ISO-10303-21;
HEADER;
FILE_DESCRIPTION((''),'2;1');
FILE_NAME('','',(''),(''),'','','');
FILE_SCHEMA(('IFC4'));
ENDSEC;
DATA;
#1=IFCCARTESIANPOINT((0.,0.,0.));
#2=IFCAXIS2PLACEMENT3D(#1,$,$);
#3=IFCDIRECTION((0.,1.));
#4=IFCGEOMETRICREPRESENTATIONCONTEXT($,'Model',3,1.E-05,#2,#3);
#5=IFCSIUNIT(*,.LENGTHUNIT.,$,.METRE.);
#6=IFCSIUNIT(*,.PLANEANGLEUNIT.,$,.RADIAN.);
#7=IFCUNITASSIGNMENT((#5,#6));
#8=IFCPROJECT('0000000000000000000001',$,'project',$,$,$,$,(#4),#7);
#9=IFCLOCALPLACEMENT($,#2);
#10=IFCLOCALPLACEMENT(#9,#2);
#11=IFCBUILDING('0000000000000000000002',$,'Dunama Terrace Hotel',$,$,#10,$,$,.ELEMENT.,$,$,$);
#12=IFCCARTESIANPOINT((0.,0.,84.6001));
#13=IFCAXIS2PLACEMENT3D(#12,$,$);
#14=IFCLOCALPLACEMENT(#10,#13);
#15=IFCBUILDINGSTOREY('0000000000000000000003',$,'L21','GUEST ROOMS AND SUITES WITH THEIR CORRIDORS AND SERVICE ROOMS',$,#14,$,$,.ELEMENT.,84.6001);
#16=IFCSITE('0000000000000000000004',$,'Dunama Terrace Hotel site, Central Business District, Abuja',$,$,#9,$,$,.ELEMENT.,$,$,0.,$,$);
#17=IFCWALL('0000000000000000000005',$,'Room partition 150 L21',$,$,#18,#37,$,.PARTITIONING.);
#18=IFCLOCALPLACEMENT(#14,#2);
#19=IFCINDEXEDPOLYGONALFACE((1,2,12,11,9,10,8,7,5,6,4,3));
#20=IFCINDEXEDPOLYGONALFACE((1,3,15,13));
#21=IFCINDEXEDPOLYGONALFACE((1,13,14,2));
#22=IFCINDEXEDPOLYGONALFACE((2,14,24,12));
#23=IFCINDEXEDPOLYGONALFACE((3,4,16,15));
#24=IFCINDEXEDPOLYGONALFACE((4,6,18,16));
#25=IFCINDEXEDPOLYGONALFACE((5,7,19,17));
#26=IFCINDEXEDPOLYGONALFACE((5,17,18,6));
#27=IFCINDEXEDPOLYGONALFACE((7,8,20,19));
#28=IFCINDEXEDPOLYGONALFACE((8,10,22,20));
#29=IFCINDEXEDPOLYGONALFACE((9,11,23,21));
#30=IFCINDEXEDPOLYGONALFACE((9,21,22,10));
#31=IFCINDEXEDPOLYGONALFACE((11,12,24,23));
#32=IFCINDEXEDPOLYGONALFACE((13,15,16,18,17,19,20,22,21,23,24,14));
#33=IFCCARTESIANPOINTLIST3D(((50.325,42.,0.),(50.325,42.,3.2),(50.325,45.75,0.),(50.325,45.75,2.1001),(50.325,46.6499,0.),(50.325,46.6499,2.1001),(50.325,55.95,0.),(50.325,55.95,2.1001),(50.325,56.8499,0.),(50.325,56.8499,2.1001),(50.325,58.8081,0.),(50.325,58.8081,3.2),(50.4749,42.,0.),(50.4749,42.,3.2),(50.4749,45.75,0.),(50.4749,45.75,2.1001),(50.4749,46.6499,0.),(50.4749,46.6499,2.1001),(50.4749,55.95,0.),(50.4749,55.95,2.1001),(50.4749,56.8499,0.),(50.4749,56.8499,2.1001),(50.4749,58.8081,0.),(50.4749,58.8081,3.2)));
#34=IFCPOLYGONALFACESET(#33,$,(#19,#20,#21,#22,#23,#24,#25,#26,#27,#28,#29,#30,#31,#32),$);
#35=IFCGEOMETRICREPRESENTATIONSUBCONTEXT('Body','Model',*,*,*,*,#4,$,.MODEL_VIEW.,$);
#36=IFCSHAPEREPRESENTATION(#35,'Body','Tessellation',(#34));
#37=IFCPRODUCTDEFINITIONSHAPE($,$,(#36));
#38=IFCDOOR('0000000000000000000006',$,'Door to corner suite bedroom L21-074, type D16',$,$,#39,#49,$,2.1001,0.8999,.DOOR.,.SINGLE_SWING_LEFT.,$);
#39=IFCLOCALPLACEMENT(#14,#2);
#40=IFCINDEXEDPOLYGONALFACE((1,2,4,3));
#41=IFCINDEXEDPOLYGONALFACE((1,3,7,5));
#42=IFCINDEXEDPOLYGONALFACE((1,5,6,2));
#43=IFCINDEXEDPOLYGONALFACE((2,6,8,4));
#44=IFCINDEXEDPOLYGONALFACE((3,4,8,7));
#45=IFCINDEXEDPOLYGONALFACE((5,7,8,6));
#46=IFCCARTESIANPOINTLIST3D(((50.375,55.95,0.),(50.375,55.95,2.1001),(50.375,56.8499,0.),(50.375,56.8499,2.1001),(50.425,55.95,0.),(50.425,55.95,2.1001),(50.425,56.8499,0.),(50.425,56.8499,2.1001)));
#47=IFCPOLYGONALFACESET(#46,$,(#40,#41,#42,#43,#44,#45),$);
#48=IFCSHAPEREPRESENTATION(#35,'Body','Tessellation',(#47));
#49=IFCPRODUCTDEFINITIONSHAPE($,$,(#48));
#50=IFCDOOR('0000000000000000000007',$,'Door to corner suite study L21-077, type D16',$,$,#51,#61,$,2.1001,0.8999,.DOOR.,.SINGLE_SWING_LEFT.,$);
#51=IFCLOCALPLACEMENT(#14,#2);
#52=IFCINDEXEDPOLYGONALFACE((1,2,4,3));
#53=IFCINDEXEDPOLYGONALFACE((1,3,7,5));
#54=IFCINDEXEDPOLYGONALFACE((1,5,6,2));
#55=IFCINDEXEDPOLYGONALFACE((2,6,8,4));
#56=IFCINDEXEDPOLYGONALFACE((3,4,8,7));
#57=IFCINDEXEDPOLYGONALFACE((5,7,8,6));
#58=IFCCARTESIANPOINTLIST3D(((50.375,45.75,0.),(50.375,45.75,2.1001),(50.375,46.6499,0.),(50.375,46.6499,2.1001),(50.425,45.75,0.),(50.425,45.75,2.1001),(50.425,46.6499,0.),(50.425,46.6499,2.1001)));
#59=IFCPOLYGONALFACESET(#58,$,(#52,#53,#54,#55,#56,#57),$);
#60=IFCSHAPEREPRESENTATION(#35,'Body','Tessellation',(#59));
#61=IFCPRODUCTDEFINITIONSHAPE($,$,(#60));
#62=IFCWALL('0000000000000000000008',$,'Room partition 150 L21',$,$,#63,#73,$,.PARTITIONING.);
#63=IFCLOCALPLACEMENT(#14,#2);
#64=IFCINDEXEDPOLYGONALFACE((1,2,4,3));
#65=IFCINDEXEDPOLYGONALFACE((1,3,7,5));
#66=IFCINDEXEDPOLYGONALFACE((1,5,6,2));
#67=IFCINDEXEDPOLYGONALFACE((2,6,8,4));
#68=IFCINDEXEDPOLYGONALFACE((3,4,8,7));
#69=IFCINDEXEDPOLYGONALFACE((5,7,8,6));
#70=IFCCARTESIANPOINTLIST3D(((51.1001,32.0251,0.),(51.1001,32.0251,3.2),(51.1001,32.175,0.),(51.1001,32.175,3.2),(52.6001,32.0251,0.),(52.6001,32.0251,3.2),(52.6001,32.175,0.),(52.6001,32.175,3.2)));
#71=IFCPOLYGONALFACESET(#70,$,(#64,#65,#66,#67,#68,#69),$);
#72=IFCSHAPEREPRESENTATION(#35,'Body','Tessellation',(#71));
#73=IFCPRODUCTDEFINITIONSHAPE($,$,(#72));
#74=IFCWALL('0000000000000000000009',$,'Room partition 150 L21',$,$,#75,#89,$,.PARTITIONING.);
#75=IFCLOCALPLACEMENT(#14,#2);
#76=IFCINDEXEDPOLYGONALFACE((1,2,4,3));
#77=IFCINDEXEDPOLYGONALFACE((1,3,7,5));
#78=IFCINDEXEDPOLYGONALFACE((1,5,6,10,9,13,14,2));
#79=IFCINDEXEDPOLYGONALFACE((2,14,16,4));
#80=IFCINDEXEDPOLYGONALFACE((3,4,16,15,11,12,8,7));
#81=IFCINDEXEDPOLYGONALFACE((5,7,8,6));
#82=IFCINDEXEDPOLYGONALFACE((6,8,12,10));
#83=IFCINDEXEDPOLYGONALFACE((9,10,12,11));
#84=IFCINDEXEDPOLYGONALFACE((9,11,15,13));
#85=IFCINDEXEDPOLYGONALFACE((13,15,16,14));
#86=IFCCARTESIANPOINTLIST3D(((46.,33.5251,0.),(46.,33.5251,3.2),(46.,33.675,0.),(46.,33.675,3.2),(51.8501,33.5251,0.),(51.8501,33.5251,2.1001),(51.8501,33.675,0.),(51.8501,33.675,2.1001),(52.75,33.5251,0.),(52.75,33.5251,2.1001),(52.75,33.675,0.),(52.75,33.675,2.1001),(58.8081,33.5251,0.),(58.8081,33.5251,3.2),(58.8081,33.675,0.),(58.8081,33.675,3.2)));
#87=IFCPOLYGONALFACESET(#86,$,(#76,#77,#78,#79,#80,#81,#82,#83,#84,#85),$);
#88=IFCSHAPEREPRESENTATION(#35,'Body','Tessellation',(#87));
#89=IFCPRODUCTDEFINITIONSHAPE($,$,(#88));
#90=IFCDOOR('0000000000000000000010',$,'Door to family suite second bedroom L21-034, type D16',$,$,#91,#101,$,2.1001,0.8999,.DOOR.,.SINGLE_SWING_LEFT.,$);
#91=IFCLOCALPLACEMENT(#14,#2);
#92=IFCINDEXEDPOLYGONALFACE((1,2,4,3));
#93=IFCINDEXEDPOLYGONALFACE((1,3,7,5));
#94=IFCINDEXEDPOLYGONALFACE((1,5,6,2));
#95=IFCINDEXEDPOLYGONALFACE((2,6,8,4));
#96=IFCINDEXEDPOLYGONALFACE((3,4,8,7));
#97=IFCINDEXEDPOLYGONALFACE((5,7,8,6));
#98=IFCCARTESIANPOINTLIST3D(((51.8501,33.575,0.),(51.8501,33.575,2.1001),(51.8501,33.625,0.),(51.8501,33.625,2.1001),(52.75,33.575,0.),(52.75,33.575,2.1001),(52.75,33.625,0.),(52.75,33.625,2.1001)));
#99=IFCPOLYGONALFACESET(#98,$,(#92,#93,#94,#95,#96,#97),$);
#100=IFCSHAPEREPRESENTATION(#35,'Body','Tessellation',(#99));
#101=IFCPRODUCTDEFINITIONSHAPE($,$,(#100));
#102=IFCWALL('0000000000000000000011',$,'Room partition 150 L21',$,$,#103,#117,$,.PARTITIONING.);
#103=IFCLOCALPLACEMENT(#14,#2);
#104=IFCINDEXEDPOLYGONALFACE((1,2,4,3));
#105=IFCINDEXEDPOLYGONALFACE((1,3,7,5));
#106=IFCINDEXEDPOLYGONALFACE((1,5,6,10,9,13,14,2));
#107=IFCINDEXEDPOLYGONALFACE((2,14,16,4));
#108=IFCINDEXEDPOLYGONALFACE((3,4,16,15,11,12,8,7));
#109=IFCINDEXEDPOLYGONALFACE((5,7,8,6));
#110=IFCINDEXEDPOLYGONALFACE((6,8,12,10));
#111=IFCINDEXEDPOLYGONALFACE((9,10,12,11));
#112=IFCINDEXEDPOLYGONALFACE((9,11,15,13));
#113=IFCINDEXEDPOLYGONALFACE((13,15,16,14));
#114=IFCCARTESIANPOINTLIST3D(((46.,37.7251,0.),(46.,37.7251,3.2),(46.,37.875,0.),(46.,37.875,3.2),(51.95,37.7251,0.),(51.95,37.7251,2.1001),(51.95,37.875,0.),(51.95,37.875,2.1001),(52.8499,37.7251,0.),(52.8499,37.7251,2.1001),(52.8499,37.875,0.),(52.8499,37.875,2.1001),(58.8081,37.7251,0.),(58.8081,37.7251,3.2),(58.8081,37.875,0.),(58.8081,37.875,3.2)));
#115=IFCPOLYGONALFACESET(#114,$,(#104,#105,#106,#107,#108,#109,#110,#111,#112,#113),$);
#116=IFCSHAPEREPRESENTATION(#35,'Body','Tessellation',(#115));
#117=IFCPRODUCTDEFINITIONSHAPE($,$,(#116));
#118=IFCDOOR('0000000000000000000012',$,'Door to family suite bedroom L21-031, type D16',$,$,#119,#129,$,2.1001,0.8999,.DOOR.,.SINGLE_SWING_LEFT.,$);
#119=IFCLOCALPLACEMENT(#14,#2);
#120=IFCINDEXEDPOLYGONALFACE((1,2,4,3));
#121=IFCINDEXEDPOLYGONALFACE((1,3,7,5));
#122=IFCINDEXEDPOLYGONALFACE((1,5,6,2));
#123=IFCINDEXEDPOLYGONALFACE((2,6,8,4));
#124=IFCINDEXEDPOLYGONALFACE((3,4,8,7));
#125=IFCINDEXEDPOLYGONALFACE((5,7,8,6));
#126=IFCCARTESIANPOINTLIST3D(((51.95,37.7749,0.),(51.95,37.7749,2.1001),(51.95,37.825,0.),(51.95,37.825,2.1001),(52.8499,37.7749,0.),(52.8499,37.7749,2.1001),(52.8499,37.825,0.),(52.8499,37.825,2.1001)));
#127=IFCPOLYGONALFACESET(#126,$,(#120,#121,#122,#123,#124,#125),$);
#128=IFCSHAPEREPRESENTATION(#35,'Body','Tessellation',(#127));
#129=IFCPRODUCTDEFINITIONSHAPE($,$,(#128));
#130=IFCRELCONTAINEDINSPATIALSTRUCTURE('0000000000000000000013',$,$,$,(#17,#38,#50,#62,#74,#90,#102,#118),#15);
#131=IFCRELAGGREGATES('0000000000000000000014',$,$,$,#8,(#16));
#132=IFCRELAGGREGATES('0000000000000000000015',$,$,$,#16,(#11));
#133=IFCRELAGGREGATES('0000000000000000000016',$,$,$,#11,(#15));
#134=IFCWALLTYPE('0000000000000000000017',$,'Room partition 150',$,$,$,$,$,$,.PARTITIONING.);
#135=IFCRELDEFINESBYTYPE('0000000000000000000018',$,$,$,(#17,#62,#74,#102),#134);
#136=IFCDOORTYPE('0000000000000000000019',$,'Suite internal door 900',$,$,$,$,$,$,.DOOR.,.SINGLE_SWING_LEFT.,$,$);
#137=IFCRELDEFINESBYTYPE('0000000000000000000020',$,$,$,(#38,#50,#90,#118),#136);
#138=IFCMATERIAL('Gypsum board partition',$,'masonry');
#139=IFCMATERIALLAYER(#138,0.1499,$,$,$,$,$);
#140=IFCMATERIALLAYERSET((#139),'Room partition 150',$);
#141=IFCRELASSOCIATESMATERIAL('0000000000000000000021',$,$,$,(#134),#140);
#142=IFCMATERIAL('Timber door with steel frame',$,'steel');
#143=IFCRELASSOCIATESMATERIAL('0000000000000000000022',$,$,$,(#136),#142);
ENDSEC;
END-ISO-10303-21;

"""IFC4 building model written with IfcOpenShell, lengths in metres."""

from ifc_helpers import new_model, si_unit, direction, frame, frame_2d, origin, place, context, subcontext, project, spatial, rectangle, extrude, material, layer, layer_set, type_object, element, fill, save


model = new_model("IFC4")

# Units and contexts
model_context = context("Model", 3, precision=1e-05, world=origin(), true_north=direction((0.0, 1.0)))
body_context = subcontext(model_context, "Body", "Model", "MODEL_VIEW")
ifc_project = project(units=[si_unit("LENGTHUNIT", "METRE"), si_unit("PLANEANGLEUNIT", "RADIAN")], contexts=[model_context])

# Site, building, storey
site_placement = place(None, origin())
site = spatial("IfcSite", under=ifc_project, at=site_placement, Name="Dunama Terrace Hotel site, Central Business District, Abuja", CompositionType="ELEMENT", RefElevation=0.0)
building_placement = place(site_placement, origin())
building = spatial("IfcBuilding", under=site, at=building_placement, Name="Dunama Terrace Hotel", CompositionType="ELEMENT")
storey_placement = place(building_placement, frame((0.0, 0.0, 84.6001)))
storey = spatial("IfcBuildingStorey", under=building, at=storey_placement, Name="L21", Description="GUEST ROOMS AND SUITES WITH THEIR CORRIDORS AND SERVICE ROOMS", CompositionType="ELEMENT", Elevation=84.6001)

# Wall, openings, doors
ifc_material_1 = material(Name="Gypsum board partition", Category="masonry")
ifc_layer_1 = layer(ifc_material_1, 0.1499)
ifc_layer_set_1 = layer_set([ifc_layer_1], Name="Room partition 150")
wall_type_1 = type_object("IfcWallType", Name="Room partition 150", PredefinedType="PARTITIONING", material=ifc_layer_set_1)
wall_1_placement = place(storey_placement, frame((50.3999, 42.0, 0.0), z_axis=(0.0, 0.0, 1.0), x_axis=(0.0, 1.0, 0.0)))
wall_1 = element("IfcWall", 1, at=wall_1_placement, inside=storey, type_object=wall_type_1, Name="Room partition 150 L21", PredefinedType="PARTITIONING", context=body_context, shape_type="SweptSolid", body=[
    extrude(rectangle(XDim=16.8081, YDim=0.1499, at=frame_2d((8.4041, 0.0))), origin(), (0.0, 0.0, 1.0), 3.2),
])
opening_1_placement = place(wall_1_placement, frame((13.95, 0.0, 0.0)))
opening_1 = element("IfcOpeningElement", 2, at=opening_1_placement, cuts=wall_1, PredefinedType="OPENING", context=body_context, shape_type="SweptSolid", body=[
    extrude(rectangle(XDim=0.8999, YDim=2.1001, at=frame_2d((0.45, 1.05))), frame((0.0, 0.085, 0.0), z_axis=(0.0, -1.0, 0.0), x_axis=(1.0, 0.0, 0.0)), (0.0, 0.0, 1.0), 0.1699),
])
opening_2_placement = place(wall_1_placement, frame((3.75, 0.0, 0.0)))
opening_2 = element("IfcOpeningElement", 3, at=opening_2_placement, cuts=wall_1, PredefinedType="OPENING", context=body_context, shape_type="SweptSolid", body=[
    extrude(rectangle(XDim=0.8999, YDim=2.1001, at=frame_2d((0.45, 1.05))), frame((0.0, 0.085, 0.0), z_axis=(0.0, -1.0, 0.0), x_axis=(1.0, 0.0, 0.0)), (0.0, 0.0, 1.0), 0.1699),
])
ifc_material_2 = material(Name="Timber door with steel frame", Category="steel")
door_type_1 = type_object("IfcDoorType", Name="Suite internal door 900", OperationType="SINGLE_SWING_LEFT", PredefinedType="DOOR", material=ifc_material_2)
door_1_placement = place(opening_1_placement, frame((0.8999, 0.0, 0.0), z_axis=(0.0, 0.0, 1.0), x_axis=(-1.0, 0.0, 0.0)))
door_1 = element("IfcDoor", 4, at=door_1_placement, inside=storey, type_object=door_type_1, Name="Door to corner suite bedroom L21-074, type D16", OperationType="SINGLE_SWING_LEFT", OverallHeight=2.1001, OverallWidth=0.8999, PredefinedType="DOOR", context=body_context, shape_type="SweptSolid", body=[
    extrude(rectangle(XDim=0.8999, YDim=2.1001, at=frame_2d((0.45, 1.05))), frame((0.0, 0.0251, 0.0), z_axis=(0.0, -1.0, 0.0), x_axis=(1.0, 0.0, 0.0)), (0.0, 0.0, 1.0), 0.05),
])
fill(opening_1, door_1)
door_2_placement = place(opening_2_placement, frame((0.8999, 0.0, 0.0), z_axis=(0.0, 0.0, 1.0), x_axis=(-1.0, 0.0, 0.0)))
door_2 = element("IfcDoor", 5, at=door_2_placement, inside=storey, type_object=door_type_1, Name="Door to corner suite study L21-077, type D16", OperationType="SINGLE_SWING_LEFT", OverallHeight=2.1001, OverallWidth=0.8999, PredefinedType="DOOR", context=body_context, shape_type="SweptSolid", body=[
    extrude(rectangle(XDim=0.8999, YDim=2.1001, at=frame_2d((0.45, 1.05))), frame((0.0, 0.0251, 0.0), z_axis=(0.0, -1.0, 0.0), x_axis=(1.0, 0.0, 0.0)), (0.0, 0.0, 1.0), 0.05),
])
fill(opening_2, door_2)

# Wall
wall_2_placement = place(storey_placement, frame((51.1001, 32.1001, 0.0), z_axis=(0.0, 0.0, 1.0), x_axis=(1.0, 0.0, 0.0)))
element("IfcWall", 6, at=wall_2_placement, inside=storey, type_object=wall_type_1, Name="Room partition 150 L21", PredefinedType="PARTITIONING", context=body_context, shape_type="SweptSolid", body=[
    extrude(rectangle(XDim=1.5, YDim=0.1499, at=frame_2d((0.75, 0.0))), origin(), (0.0, 0.0, 1.0), 3.2),
])

# Walls, openings, doors
wall_3_placement = place(storey_placement, frame((46.0, 33.6001, 0.0), z_axis=(0.0, 0.0, 1.0), x_axis=(1.0, 0.0, 0.0)))
wall_3 = element("IfcWall", 7, at=wall_3_placement, inside=storey, type_object=wall_type_1, Name="Room partition 150 L21", PredefinedType="PARTITIONING", context=body_context, shape_type="SweptSolid", body=[
    extrude(rectangle(XDim=12.8081, YDim=0.1499, at=frame_2d((6.4041, 0.0))), origin(), (0.0, 0.0, 1.0), 3.2),
])
opening_3_placement = place(wall_3_placement, frame((5.8501, 0.0, 0.0)))
opening_3 = element("IfcOpeningElement", 8, at=opening_3_placement, cuts=wall_3, PredefinedType="OPENING", context=body_context, shape_type="SweptSolid", body=[
    extrude(rectangle(XDim=0.8999, YDim=2.1001, at=frame_2d((0.45, 1.05))), frame((0.0, 0.085, 0.0), z_axis=(0.0, -1.0, 0.0), x_axis=(1.0, 0.0, 0.0)), (0.0, 0.0, 1.0), 0.1699),
])
door_3_placement = place(opening_3_placement, frame((0.8999, 0.0, 0.0), z_axis=(0.0, 0.0, 1.0), x_axis=(-1.0, 0.0, 0.0)))
door_3 = element("IfcDoor", 9, at=door_3_placement, inside=storey, type_object=door_type_1, Name="Door to family suite second bedroom L21-034, type D16", OperationType="SINGLE_SWING_LEFT", OverallHeight=2.1001, OverallWidth=0.8999, PredefinedType="DOOR", context=body_context, shape_type="SweptSolid", body=[
    extrude(rectangle(XDim=0.8999, YDim=2.1001, at=frame_2d((0.45, 1.05))), frame((0.0, 0.0251, 0.0), z_axis=(0.0, -1.0, 0.0), x_axis=(1.0, 0.0, 0.0)), (0.0, 0.0, 1.0), 0.05),
])
fill(opening_3, door_3)
wall_4_placement = place(storey_placement, frame((46.0, 37.8, 0.0), z_axis=(0.0, 0.0, 1.0), x_axis=(1.0, 0.0, 0.0)))
wall_4 = element("IfcWall", 10, at=wall_4_placement, inside=storey, type_object=wall_type_1, Name="Room partition 150 L21", PredefinedType="PARTITIONING", context=body_context, shape_type="SweptSolid", body=[
    extrude(rectangle(XDim=12.8081, YDim=0.1499, at=frame_2d((6.4041, 0.0))), origin(), (0.0, 0.0, 1.0), 3.2),
])
opening_4_placement = place(wall_4_placement, frame((5.95, 0.0, 0.0)))
opening_4 = element("IfcOpeningElement", 11, at=opening_4_placement, cuts=wall_4, PredefinedType="OPENING", context=body_context, shape_type="SweptSolid", body=[
    extrude(rectangle(XDim=0.8999, YDim=2.1001, at=frame_2d((0.45, 1.05))), frame((0.0, 0.085, 0.0), z_axis=(0.0, -1.0, 0.0), x_axis=(1.0, 0.0, 0.0)), (0.0, 0.0, 1.0), 0.1699),
])
door_4_placement = place(opening_4_placement, origin())
door_4 = element("IfcDoor", 12, at=door_4_placement, inside=storey, type_object=door_type_1, Name="Door to family suite bedroom L21-031, type D16", OperationType="SINGLE_SWING_LEFT", OverallHeight=2.1001, OverallWidth=0.8999, PredefinedType="DOOR", context=body_context, shape_type="SweptSolid", body=[
    extrude(rectangle(XDim=0.8999, YDim=2.1001, at=frame_2d((0.45, 1.05))), frame((0.0, 0.0249, 0.0), z_axis=(0.0, -1.0, 0.0), x_axis=(1.0, 0.0, 0.0)), (0.0, 0.0, 1.0), 0.05),
])
fill(opening_4, door_4)

save(model, "model.ifc")
